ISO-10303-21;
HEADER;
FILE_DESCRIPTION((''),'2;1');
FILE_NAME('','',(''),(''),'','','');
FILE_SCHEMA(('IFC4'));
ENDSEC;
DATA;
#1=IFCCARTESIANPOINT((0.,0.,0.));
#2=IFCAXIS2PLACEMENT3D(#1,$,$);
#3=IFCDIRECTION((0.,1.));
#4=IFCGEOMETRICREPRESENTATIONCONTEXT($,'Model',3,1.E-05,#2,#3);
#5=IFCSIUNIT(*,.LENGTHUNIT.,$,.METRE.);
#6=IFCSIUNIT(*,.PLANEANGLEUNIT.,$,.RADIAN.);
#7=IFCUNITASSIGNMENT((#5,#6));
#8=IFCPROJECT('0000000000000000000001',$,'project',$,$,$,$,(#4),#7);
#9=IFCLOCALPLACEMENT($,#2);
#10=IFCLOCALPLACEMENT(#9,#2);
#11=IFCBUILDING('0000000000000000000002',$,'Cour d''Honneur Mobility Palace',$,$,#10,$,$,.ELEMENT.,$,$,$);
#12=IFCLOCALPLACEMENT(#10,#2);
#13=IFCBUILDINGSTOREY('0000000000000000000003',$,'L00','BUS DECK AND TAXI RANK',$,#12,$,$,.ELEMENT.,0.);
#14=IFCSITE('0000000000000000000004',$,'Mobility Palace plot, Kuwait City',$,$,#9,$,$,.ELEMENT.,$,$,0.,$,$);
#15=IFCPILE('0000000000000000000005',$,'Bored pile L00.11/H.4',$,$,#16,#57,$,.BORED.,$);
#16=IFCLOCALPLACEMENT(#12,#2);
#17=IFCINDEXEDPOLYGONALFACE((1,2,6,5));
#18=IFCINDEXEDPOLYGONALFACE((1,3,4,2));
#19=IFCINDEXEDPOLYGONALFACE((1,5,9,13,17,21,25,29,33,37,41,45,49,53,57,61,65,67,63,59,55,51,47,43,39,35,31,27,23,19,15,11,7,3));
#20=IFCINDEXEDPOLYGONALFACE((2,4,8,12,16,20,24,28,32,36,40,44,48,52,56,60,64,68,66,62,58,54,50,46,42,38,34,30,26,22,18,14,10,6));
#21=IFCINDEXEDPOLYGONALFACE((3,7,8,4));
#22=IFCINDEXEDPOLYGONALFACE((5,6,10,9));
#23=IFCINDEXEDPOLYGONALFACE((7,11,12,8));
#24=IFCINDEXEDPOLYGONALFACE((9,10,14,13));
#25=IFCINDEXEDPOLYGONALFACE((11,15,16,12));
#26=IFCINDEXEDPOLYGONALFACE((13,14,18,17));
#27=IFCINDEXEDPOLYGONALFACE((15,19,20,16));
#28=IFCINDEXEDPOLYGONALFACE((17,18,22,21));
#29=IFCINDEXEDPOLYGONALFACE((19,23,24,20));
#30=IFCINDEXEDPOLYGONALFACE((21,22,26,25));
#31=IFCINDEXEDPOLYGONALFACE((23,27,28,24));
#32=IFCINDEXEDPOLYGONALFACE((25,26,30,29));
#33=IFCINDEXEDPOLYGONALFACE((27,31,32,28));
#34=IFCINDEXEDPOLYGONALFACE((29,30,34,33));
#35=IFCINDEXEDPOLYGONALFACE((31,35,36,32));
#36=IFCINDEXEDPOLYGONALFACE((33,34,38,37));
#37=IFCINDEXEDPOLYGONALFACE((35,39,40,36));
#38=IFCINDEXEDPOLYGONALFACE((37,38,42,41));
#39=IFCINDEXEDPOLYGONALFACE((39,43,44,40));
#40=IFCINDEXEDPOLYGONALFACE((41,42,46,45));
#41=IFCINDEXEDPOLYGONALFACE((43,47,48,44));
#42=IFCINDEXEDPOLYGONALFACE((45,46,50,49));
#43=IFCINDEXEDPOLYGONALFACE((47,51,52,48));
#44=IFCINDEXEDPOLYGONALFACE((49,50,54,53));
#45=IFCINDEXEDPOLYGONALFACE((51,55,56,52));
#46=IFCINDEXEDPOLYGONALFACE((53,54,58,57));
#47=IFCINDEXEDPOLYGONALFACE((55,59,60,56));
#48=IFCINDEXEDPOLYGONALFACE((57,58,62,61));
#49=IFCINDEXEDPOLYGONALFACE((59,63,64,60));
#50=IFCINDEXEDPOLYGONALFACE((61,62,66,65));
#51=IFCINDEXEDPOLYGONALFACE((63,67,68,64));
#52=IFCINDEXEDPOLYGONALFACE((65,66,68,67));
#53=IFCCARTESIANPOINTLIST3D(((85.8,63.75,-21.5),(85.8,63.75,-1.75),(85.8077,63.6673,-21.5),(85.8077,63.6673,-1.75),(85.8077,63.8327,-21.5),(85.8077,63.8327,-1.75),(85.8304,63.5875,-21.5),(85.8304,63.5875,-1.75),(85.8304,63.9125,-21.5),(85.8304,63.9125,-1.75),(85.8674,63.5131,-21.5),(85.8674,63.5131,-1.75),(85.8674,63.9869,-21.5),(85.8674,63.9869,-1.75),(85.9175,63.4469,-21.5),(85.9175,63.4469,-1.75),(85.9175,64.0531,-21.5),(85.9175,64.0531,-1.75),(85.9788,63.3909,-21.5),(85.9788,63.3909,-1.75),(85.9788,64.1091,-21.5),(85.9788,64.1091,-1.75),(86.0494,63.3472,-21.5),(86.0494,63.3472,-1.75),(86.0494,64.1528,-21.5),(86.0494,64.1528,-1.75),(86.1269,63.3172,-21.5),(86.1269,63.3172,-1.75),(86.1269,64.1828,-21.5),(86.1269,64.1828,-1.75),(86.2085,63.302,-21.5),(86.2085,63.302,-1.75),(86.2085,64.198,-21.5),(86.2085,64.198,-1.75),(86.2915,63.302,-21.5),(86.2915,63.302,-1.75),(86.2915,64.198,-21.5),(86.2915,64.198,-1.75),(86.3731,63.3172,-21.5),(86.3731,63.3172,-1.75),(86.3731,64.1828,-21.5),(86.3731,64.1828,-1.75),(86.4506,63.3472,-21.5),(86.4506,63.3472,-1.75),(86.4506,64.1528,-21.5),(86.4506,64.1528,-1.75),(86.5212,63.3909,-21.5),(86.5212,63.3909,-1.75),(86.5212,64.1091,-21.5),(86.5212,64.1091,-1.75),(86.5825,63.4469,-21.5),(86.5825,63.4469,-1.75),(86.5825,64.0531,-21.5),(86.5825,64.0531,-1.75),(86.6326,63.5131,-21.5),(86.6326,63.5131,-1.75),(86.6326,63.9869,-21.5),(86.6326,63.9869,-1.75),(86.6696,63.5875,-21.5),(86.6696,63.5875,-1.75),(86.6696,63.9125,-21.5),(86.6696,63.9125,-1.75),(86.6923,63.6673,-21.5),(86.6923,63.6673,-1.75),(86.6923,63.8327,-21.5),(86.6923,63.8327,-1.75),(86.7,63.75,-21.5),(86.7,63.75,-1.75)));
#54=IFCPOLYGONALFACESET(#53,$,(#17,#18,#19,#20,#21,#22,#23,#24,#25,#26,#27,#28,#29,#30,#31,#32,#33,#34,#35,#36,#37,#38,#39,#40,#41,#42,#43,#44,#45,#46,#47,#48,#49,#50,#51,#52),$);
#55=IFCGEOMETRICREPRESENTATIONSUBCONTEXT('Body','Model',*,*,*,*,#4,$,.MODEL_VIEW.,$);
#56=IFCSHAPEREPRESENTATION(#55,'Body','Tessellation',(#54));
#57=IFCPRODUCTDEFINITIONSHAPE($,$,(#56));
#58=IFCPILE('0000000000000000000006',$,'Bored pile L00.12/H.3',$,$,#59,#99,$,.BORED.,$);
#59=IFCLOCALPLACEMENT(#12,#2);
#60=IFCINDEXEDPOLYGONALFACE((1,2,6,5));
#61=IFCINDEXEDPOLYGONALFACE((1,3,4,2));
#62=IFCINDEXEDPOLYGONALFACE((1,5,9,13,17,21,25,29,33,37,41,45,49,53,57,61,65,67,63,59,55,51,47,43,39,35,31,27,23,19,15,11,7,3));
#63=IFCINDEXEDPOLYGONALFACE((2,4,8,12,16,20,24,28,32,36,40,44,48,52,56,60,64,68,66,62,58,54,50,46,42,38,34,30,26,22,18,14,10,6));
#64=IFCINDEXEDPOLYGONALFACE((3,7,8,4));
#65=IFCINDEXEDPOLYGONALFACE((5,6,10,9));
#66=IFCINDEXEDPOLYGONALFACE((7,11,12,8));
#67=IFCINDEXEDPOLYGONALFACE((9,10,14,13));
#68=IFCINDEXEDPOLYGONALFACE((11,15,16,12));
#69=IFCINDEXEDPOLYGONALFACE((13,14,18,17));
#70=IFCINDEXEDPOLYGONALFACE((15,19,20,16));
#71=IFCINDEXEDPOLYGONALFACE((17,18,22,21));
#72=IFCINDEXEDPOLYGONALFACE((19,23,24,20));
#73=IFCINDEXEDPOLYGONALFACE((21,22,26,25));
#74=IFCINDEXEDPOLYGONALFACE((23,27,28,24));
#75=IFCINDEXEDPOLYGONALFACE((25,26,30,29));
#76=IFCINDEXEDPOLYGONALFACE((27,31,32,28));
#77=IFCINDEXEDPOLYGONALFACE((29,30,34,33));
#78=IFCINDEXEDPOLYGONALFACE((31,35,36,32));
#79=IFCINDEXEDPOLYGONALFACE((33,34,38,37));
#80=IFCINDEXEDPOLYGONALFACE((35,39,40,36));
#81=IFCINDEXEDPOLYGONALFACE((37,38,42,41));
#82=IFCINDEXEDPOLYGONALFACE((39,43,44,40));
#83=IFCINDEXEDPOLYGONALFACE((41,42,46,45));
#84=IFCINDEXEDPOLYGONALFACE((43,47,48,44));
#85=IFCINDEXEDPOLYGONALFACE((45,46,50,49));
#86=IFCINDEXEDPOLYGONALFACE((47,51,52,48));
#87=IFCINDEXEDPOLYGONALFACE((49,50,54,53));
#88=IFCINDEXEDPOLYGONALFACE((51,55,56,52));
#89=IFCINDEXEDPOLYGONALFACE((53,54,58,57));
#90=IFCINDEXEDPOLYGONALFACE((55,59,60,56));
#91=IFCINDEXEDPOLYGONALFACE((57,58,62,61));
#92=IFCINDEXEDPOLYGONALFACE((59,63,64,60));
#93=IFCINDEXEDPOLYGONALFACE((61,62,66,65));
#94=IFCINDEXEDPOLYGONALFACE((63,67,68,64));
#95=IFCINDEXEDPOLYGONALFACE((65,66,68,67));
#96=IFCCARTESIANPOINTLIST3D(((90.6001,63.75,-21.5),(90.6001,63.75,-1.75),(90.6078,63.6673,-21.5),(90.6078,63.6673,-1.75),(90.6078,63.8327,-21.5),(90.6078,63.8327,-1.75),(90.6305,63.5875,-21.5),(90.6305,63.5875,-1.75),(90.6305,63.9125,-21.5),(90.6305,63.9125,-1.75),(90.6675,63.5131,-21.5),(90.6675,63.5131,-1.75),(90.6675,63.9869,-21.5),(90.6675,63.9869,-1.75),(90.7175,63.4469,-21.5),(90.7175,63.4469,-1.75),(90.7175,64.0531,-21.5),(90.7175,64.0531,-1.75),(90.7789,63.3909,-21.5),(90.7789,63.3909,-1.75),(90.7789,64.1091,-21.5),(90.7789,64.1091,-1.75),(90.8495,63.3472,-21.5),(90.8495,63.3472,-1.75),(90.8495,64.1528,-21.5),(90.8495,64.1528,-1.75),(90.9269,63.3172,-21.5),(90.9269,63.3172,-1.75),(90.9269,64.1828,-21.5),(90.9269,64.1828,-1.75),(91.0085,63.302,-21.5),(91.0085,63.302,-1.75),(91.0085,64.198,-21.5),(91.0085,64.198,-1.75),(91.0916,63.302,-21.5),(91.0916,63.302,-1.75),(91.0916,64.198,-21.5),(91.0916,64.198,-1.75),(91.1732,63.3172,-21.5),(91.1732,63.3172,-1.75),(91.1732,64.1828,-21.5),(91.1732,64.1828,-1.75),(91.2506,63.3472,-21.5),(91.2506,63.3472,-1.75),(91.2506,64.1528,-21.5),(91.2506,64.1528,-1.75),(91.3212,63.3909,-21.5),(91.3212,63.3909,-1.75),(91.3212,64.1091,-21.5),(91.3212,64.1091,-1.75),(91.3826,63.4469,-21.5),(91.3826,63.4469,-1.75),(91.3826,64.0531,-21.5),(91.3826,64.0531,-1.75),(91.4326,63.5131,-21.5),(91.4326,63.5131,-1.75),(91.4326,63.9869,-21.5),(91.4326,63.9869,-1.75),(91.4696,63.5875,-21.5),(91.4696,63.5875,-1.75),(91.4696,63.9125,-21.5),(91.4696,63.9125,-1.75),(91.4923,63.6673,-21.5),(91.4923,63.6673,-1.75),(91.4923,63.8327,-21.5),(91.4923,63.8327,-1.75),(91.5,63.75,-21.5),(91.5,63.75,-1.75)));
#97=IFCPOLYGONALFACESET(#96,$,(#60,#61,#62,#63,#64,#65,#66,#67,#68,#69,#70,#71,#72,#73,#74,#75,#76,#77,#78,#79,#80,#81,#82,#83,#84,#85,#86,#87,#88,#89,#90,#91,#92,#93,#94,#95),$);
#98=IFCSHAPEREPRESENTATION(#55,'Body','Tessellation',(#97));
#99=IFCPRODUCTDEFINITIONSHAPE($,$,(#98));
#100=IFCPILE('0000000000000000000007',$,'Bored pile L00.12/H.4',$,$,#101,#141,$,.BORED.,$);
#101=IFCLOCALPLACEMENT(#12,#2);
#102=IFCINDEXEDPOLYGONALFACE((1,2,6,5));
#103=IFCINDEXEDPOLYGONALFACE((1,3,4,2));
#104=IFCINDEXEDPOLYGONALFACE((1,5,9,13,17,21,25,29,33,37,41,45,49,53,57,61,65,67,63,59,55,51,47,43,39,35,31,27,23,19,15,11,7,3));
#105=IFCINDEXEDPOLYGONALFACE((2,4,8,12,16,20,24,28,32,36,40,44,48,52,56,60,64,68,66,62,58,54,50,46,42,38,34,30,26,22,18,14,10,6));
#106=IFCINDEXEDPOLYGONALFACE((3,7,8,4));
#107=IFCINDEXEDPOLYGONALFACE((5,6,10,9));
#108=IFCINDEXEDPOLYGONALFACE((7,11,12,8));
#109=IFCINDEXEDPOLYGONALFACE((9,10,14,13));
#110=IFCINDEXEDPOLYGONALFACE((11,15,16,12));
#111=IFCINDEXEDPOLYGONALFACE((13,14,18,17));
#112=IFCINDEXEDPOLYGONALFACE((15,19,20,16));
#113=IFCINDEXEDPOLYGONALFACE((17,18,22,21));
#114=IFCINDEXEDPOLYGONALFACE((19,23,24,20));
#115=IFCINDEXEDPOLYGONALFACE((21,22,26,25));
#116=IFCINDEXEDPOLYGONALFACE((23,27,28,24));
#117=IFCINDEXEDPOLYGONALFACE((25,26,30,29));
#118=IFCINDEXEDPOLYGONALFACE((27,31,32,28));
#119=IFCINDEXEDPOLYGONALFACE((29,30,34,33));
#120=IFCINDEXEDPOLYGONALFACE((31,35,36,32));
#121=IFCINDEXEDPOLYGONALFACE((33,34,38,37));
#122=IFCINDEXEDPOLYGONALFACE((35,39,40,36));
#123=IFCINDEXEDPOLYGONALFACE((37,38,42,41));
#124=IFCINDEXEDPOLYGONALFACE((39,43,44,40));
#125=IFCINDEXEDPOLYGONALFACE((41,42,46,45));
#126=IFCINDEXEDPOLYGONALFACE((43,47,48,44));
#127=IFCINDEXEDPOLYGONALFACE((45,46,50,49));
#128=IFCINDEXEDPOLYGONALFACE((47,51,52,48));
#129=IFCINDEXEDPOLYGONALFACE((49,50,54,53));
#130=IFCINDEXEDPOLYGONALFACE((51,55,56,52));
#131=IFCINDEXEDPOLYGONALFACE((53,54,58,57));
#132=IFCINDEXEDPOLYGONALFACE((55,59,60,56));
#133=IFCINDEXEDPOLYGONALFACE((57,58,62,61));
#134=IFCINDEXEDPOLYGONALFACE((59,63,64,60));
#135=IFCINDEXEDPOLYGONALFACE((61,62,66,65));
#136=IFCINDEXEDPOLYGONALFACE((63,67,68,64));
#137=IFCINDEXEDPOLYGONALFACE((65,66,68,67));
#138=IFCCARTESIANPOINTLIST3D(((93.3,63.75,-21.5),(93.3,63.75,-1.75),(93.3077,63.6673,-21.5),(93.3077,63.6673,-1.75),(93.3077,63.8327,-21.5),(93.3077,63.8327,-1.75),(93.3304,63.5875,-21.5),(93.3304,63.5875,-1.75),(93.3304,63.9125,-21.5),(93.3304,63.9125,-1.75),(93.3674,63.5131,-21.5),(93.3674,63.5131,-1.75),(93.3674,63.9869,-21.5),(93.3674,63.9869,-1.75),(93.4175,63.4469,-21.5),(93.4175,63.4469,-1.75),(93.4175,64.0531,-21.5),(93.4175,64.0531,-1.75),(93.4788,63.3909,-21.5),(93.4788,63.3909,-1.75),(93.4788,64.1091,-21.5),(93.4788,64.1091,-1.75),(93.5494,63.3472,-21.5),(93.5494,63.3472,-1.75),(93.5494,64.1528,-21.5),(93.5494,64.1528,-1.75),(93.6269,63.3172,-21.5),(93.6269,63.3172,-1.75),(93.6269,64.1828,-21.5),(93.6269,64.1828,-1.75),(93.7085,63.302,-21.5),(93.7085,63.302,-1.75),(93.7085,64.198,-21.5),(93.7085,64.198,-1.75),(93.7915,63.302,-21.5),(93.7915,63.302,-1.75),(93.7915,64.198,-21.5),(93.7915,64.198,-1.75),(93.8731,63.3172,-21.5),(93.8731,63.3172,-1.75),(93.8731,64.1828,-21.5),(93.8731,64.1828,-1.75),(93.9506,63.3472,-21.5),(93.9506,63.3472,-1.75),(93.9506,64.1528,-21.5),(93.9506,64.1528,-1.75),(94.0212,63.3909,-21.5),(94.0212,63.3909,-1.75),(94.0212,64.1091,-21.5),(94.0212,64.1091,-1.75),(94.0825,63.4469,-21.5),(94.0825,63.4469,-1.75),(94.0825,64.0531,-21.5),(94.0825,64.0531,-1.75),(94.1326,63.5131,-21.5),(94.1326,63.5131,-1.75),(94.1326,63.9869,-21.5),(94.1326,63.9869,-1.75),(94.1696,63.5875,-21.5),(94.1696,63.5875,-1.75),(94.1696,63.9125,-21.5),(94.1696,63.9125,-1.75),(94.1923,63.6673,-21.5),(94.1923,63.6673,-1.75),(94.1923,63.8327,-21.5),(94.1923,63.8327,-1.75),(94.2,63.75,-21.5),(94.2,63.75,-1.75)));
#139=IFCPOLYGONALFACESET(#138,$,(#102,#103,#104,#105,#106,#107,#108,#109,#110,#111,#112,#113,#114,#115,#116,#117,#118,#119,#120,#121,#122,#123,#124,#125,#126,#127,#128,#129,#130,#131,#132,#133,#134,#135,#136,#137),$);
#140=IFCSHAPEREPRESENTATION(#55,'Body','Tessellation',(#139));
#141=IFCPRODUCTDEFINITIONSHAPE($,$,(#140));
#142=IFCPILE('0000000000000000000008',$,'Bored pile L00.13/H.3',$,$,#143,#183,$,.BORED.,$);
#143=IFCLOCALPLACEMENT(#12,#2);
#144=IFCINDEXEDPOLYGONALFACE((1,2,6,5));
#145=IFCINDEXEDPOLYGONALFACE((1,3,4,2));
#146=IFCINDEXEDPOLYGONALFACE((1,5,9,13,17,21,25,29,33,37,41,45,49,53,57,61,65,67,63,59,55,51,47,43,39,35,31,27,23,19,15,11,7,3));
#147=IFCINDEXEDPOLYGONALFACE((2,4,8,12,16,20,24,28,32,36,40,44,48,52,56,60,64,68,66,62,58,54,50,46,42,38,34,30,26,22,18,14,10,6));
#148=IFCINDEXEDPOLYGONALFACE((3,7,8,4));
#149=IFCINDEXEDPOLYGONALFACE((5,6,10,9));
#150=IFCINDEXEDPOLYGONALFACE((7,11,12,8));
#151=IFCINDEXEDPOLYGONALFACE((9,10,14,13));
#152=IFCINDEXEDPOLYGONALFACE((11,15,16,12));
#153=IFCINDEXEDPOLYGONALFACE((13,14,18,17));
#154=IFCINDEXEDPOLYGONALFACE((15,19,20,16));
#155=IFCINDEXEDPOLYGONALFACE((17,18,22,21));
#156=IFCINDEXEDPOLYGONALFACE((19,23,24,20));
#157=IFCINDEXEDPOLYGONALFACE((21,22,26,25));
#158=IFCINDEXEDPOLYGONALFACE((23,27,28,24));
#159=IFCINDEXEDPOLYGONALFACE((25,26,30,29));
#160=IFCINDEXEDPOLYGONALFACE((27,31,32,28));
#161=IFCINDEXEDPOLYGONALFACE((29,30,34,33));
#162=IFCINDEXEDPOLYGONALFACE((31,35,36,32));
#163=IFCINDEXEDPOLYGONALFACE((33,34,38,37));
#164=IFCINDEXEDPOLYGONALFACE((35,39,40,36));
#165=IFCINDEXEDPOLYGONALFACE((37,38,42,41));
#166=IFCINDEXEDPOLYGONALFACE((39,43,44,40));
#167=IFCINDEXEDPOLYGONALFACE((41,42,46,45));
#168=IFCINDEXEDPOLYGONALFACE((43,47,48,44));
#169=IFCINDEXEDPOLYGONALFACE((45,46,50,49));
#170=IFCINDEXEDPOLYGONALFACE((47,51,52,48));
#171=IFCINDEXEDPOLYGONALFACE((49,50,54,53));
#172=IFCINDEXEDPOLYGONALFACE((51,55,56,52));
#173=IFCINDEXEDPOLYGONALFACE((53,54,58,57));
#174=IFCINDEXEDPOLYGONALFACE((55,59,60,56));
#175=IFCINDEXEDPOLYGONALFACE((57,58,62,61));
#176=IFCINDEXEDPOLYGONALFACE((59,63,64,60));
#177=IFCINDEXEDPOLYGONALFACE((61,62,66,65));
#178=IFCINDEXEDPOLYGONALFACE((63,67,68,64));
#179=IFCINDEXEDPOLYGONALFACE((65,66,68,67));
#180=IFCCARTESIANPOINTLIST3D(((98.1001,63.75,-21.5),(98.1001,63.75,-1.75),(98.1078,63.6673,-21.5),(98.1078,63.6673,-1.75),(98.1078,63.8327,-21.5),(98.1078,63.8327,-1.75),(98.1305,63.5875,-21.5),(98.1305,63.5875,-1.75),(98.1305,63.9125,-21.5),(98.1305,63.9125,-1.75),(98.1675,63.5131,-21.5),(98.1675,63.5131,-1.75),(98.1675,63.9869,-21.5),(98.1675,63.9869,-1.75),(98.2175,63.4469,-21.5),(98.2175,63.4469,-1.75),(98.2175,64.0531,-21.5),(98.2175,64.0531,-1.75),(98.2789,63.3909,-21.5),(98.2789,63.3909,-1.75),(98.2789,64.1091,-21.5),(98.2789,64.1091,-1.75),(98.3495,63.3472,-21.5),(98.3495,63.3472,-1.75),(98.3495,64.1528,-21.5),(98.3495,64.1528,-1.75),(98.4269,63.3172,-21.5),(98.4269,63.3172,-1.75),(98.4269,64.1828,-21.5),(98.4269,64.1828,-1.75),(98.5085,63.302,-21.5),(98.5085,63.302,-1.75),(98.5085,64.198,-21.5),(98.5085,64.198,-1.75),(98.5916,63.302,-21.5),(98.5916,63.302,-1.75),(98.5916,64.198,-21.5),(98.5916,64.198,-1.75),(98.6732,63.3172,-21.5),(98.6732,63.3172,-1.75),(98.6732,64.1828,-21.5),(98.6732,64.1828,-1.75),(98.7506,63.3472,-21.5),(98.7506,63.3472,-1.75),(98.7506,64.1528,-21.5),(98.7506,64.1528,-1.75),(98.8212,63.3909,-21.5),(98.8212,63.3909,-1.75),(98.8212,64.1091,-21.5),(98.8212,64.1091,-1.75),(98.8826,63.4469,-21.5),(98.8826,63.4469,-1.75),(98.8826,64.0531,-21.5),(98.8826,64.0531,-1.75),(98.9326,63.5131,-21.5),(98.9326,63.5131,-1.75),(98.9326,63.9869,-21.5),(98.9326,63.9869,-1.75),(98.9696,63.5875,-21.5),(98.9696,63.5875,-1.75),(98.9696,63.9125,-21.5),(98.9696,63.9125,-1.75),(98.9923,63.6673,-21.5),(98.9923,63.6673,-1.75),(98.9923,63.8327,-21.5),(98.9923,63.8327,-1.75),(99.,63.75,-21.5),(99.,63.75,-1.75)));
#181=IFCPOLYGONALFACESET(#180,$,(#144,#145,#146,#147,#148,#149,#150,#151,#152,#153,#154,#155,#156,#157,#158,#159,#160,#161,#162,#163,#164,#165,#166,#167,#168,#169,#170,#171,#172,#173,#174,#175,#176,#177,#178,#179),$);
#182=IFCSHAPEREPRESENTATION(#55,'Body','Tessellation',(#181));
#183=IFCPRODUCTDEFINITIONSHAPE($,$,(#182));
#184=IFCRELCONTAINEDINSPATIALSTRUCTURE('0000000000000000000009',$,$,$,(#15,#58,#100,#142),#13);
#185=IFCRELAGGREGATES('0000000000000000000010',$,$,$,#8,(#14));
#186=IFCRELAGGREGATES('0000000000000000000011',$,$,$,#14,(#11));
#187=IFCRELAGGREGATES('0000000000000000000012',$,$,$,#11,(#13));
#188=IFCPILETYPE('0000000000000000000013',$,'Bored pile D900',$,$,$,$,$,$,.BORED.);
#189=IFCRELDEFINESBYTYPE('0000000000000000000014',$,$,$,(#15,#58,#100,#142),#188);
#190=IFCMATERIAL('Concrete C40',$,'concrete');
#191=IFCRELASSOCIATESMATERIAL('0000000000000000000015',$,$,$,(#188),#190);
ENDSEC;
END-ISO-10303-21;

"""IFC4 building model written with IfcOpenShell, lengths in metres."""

from ifc_helpers import new_model, si_unit, direction, frame, origin, origin_2d, place, context, subcontext, project, spatial, circle, extrude, material, material_profile, profile_set, type_object, element, save


model = new_model("IFC4")

# Units and contexts
model_context = context("Model", 3, precision=1e-05, world=origin(), true_north=direction((0.0, 1.0)))
body_context = subcontext(model_context, "Body", "Model", "MODEL_VIEW")
ifc_project = project(units=[si_unit("LENGTHUNIT", "METRE"), si_unit("PLANEANGLEUNIT", "RADIAN")], contexts=[model_context])

# Site, building, storey
site_placement = place(None, origin())
site = spatial("IfcSite", under=ifc_project, at=site_placement, Name="Mobility Palace plot, Kuwait City", CompositionType="ELEMENT", RefElevation=0.0)
building_placement = place(site_placement, origin())
building = spatial("IfcBuilding", under=site, at=building_placement, Name="Cour d'Honneur Mobility Palace", CompositionType="ELEMENT")
storey_placement = place(building_placement, origin())
storey = spatial("IfcBuildingStorey", under=building, at=storey_placement, Name="L00", Description="BUS DECK AND TAXI RANK", CompositionType="ELEMENT", Elevation=0.0)

# Piles
ifc_material_1 = material(Name="Concrete C40", Category="concrete")
ifc_material_profile_1 = material_profile(ifc_material_1, circle(Radius=0.45, at=origin_2d()), Name="Bored pile D900")
ifc_profile_set_1 = profile_set([ifc_material_profile_1], Name="Concrete C40")
pile_type_1 = type_object("IfcPileType", Name="Bored pile D900", PredefinedType="BORED", material=ifc_profile_set_1)
for number, where, z_axis, x_axis, name in (
    (1, (86.25, 63.75, -1.75), (0.0, 0.0, -1.0), (1.0, 0.0, 0.0), "Bored pile L00.11/H.4"),
    (2, (91.05, 63.75, -1.75), (0.0, 0.0, -1.0), (1.0, 0.0, 0.0), "Bored pile L00.12/H.3"),
    (3, (93.75, 63.75, -1.75), (0.0, 0.0, -1.0), (1.0, 0.0, 0.0), "Bored pile L00.12/H.4"),
    (4, (98.55, 63.75, -1.75), (0.0, 0.0, -1.0), (1.0, 0.0, 0.0), "Bored pile L00.13/H.3"),
):
    element("IfcPile", number, at=place(storey_placement, frame(where, z_axis=z_axis, x_axis=x_axis)), inside=storey, type_object=pile_type_1, Name=name, PredefinedType="BORED", context=body_context, shape_type="SweptSolid", body=[
        extrude(circle(Radius=0.45, at=origin_2d()), origin(), (0.0, 0.0, 1.0), 19.75),
    ])

save(model, "model.ifc")
